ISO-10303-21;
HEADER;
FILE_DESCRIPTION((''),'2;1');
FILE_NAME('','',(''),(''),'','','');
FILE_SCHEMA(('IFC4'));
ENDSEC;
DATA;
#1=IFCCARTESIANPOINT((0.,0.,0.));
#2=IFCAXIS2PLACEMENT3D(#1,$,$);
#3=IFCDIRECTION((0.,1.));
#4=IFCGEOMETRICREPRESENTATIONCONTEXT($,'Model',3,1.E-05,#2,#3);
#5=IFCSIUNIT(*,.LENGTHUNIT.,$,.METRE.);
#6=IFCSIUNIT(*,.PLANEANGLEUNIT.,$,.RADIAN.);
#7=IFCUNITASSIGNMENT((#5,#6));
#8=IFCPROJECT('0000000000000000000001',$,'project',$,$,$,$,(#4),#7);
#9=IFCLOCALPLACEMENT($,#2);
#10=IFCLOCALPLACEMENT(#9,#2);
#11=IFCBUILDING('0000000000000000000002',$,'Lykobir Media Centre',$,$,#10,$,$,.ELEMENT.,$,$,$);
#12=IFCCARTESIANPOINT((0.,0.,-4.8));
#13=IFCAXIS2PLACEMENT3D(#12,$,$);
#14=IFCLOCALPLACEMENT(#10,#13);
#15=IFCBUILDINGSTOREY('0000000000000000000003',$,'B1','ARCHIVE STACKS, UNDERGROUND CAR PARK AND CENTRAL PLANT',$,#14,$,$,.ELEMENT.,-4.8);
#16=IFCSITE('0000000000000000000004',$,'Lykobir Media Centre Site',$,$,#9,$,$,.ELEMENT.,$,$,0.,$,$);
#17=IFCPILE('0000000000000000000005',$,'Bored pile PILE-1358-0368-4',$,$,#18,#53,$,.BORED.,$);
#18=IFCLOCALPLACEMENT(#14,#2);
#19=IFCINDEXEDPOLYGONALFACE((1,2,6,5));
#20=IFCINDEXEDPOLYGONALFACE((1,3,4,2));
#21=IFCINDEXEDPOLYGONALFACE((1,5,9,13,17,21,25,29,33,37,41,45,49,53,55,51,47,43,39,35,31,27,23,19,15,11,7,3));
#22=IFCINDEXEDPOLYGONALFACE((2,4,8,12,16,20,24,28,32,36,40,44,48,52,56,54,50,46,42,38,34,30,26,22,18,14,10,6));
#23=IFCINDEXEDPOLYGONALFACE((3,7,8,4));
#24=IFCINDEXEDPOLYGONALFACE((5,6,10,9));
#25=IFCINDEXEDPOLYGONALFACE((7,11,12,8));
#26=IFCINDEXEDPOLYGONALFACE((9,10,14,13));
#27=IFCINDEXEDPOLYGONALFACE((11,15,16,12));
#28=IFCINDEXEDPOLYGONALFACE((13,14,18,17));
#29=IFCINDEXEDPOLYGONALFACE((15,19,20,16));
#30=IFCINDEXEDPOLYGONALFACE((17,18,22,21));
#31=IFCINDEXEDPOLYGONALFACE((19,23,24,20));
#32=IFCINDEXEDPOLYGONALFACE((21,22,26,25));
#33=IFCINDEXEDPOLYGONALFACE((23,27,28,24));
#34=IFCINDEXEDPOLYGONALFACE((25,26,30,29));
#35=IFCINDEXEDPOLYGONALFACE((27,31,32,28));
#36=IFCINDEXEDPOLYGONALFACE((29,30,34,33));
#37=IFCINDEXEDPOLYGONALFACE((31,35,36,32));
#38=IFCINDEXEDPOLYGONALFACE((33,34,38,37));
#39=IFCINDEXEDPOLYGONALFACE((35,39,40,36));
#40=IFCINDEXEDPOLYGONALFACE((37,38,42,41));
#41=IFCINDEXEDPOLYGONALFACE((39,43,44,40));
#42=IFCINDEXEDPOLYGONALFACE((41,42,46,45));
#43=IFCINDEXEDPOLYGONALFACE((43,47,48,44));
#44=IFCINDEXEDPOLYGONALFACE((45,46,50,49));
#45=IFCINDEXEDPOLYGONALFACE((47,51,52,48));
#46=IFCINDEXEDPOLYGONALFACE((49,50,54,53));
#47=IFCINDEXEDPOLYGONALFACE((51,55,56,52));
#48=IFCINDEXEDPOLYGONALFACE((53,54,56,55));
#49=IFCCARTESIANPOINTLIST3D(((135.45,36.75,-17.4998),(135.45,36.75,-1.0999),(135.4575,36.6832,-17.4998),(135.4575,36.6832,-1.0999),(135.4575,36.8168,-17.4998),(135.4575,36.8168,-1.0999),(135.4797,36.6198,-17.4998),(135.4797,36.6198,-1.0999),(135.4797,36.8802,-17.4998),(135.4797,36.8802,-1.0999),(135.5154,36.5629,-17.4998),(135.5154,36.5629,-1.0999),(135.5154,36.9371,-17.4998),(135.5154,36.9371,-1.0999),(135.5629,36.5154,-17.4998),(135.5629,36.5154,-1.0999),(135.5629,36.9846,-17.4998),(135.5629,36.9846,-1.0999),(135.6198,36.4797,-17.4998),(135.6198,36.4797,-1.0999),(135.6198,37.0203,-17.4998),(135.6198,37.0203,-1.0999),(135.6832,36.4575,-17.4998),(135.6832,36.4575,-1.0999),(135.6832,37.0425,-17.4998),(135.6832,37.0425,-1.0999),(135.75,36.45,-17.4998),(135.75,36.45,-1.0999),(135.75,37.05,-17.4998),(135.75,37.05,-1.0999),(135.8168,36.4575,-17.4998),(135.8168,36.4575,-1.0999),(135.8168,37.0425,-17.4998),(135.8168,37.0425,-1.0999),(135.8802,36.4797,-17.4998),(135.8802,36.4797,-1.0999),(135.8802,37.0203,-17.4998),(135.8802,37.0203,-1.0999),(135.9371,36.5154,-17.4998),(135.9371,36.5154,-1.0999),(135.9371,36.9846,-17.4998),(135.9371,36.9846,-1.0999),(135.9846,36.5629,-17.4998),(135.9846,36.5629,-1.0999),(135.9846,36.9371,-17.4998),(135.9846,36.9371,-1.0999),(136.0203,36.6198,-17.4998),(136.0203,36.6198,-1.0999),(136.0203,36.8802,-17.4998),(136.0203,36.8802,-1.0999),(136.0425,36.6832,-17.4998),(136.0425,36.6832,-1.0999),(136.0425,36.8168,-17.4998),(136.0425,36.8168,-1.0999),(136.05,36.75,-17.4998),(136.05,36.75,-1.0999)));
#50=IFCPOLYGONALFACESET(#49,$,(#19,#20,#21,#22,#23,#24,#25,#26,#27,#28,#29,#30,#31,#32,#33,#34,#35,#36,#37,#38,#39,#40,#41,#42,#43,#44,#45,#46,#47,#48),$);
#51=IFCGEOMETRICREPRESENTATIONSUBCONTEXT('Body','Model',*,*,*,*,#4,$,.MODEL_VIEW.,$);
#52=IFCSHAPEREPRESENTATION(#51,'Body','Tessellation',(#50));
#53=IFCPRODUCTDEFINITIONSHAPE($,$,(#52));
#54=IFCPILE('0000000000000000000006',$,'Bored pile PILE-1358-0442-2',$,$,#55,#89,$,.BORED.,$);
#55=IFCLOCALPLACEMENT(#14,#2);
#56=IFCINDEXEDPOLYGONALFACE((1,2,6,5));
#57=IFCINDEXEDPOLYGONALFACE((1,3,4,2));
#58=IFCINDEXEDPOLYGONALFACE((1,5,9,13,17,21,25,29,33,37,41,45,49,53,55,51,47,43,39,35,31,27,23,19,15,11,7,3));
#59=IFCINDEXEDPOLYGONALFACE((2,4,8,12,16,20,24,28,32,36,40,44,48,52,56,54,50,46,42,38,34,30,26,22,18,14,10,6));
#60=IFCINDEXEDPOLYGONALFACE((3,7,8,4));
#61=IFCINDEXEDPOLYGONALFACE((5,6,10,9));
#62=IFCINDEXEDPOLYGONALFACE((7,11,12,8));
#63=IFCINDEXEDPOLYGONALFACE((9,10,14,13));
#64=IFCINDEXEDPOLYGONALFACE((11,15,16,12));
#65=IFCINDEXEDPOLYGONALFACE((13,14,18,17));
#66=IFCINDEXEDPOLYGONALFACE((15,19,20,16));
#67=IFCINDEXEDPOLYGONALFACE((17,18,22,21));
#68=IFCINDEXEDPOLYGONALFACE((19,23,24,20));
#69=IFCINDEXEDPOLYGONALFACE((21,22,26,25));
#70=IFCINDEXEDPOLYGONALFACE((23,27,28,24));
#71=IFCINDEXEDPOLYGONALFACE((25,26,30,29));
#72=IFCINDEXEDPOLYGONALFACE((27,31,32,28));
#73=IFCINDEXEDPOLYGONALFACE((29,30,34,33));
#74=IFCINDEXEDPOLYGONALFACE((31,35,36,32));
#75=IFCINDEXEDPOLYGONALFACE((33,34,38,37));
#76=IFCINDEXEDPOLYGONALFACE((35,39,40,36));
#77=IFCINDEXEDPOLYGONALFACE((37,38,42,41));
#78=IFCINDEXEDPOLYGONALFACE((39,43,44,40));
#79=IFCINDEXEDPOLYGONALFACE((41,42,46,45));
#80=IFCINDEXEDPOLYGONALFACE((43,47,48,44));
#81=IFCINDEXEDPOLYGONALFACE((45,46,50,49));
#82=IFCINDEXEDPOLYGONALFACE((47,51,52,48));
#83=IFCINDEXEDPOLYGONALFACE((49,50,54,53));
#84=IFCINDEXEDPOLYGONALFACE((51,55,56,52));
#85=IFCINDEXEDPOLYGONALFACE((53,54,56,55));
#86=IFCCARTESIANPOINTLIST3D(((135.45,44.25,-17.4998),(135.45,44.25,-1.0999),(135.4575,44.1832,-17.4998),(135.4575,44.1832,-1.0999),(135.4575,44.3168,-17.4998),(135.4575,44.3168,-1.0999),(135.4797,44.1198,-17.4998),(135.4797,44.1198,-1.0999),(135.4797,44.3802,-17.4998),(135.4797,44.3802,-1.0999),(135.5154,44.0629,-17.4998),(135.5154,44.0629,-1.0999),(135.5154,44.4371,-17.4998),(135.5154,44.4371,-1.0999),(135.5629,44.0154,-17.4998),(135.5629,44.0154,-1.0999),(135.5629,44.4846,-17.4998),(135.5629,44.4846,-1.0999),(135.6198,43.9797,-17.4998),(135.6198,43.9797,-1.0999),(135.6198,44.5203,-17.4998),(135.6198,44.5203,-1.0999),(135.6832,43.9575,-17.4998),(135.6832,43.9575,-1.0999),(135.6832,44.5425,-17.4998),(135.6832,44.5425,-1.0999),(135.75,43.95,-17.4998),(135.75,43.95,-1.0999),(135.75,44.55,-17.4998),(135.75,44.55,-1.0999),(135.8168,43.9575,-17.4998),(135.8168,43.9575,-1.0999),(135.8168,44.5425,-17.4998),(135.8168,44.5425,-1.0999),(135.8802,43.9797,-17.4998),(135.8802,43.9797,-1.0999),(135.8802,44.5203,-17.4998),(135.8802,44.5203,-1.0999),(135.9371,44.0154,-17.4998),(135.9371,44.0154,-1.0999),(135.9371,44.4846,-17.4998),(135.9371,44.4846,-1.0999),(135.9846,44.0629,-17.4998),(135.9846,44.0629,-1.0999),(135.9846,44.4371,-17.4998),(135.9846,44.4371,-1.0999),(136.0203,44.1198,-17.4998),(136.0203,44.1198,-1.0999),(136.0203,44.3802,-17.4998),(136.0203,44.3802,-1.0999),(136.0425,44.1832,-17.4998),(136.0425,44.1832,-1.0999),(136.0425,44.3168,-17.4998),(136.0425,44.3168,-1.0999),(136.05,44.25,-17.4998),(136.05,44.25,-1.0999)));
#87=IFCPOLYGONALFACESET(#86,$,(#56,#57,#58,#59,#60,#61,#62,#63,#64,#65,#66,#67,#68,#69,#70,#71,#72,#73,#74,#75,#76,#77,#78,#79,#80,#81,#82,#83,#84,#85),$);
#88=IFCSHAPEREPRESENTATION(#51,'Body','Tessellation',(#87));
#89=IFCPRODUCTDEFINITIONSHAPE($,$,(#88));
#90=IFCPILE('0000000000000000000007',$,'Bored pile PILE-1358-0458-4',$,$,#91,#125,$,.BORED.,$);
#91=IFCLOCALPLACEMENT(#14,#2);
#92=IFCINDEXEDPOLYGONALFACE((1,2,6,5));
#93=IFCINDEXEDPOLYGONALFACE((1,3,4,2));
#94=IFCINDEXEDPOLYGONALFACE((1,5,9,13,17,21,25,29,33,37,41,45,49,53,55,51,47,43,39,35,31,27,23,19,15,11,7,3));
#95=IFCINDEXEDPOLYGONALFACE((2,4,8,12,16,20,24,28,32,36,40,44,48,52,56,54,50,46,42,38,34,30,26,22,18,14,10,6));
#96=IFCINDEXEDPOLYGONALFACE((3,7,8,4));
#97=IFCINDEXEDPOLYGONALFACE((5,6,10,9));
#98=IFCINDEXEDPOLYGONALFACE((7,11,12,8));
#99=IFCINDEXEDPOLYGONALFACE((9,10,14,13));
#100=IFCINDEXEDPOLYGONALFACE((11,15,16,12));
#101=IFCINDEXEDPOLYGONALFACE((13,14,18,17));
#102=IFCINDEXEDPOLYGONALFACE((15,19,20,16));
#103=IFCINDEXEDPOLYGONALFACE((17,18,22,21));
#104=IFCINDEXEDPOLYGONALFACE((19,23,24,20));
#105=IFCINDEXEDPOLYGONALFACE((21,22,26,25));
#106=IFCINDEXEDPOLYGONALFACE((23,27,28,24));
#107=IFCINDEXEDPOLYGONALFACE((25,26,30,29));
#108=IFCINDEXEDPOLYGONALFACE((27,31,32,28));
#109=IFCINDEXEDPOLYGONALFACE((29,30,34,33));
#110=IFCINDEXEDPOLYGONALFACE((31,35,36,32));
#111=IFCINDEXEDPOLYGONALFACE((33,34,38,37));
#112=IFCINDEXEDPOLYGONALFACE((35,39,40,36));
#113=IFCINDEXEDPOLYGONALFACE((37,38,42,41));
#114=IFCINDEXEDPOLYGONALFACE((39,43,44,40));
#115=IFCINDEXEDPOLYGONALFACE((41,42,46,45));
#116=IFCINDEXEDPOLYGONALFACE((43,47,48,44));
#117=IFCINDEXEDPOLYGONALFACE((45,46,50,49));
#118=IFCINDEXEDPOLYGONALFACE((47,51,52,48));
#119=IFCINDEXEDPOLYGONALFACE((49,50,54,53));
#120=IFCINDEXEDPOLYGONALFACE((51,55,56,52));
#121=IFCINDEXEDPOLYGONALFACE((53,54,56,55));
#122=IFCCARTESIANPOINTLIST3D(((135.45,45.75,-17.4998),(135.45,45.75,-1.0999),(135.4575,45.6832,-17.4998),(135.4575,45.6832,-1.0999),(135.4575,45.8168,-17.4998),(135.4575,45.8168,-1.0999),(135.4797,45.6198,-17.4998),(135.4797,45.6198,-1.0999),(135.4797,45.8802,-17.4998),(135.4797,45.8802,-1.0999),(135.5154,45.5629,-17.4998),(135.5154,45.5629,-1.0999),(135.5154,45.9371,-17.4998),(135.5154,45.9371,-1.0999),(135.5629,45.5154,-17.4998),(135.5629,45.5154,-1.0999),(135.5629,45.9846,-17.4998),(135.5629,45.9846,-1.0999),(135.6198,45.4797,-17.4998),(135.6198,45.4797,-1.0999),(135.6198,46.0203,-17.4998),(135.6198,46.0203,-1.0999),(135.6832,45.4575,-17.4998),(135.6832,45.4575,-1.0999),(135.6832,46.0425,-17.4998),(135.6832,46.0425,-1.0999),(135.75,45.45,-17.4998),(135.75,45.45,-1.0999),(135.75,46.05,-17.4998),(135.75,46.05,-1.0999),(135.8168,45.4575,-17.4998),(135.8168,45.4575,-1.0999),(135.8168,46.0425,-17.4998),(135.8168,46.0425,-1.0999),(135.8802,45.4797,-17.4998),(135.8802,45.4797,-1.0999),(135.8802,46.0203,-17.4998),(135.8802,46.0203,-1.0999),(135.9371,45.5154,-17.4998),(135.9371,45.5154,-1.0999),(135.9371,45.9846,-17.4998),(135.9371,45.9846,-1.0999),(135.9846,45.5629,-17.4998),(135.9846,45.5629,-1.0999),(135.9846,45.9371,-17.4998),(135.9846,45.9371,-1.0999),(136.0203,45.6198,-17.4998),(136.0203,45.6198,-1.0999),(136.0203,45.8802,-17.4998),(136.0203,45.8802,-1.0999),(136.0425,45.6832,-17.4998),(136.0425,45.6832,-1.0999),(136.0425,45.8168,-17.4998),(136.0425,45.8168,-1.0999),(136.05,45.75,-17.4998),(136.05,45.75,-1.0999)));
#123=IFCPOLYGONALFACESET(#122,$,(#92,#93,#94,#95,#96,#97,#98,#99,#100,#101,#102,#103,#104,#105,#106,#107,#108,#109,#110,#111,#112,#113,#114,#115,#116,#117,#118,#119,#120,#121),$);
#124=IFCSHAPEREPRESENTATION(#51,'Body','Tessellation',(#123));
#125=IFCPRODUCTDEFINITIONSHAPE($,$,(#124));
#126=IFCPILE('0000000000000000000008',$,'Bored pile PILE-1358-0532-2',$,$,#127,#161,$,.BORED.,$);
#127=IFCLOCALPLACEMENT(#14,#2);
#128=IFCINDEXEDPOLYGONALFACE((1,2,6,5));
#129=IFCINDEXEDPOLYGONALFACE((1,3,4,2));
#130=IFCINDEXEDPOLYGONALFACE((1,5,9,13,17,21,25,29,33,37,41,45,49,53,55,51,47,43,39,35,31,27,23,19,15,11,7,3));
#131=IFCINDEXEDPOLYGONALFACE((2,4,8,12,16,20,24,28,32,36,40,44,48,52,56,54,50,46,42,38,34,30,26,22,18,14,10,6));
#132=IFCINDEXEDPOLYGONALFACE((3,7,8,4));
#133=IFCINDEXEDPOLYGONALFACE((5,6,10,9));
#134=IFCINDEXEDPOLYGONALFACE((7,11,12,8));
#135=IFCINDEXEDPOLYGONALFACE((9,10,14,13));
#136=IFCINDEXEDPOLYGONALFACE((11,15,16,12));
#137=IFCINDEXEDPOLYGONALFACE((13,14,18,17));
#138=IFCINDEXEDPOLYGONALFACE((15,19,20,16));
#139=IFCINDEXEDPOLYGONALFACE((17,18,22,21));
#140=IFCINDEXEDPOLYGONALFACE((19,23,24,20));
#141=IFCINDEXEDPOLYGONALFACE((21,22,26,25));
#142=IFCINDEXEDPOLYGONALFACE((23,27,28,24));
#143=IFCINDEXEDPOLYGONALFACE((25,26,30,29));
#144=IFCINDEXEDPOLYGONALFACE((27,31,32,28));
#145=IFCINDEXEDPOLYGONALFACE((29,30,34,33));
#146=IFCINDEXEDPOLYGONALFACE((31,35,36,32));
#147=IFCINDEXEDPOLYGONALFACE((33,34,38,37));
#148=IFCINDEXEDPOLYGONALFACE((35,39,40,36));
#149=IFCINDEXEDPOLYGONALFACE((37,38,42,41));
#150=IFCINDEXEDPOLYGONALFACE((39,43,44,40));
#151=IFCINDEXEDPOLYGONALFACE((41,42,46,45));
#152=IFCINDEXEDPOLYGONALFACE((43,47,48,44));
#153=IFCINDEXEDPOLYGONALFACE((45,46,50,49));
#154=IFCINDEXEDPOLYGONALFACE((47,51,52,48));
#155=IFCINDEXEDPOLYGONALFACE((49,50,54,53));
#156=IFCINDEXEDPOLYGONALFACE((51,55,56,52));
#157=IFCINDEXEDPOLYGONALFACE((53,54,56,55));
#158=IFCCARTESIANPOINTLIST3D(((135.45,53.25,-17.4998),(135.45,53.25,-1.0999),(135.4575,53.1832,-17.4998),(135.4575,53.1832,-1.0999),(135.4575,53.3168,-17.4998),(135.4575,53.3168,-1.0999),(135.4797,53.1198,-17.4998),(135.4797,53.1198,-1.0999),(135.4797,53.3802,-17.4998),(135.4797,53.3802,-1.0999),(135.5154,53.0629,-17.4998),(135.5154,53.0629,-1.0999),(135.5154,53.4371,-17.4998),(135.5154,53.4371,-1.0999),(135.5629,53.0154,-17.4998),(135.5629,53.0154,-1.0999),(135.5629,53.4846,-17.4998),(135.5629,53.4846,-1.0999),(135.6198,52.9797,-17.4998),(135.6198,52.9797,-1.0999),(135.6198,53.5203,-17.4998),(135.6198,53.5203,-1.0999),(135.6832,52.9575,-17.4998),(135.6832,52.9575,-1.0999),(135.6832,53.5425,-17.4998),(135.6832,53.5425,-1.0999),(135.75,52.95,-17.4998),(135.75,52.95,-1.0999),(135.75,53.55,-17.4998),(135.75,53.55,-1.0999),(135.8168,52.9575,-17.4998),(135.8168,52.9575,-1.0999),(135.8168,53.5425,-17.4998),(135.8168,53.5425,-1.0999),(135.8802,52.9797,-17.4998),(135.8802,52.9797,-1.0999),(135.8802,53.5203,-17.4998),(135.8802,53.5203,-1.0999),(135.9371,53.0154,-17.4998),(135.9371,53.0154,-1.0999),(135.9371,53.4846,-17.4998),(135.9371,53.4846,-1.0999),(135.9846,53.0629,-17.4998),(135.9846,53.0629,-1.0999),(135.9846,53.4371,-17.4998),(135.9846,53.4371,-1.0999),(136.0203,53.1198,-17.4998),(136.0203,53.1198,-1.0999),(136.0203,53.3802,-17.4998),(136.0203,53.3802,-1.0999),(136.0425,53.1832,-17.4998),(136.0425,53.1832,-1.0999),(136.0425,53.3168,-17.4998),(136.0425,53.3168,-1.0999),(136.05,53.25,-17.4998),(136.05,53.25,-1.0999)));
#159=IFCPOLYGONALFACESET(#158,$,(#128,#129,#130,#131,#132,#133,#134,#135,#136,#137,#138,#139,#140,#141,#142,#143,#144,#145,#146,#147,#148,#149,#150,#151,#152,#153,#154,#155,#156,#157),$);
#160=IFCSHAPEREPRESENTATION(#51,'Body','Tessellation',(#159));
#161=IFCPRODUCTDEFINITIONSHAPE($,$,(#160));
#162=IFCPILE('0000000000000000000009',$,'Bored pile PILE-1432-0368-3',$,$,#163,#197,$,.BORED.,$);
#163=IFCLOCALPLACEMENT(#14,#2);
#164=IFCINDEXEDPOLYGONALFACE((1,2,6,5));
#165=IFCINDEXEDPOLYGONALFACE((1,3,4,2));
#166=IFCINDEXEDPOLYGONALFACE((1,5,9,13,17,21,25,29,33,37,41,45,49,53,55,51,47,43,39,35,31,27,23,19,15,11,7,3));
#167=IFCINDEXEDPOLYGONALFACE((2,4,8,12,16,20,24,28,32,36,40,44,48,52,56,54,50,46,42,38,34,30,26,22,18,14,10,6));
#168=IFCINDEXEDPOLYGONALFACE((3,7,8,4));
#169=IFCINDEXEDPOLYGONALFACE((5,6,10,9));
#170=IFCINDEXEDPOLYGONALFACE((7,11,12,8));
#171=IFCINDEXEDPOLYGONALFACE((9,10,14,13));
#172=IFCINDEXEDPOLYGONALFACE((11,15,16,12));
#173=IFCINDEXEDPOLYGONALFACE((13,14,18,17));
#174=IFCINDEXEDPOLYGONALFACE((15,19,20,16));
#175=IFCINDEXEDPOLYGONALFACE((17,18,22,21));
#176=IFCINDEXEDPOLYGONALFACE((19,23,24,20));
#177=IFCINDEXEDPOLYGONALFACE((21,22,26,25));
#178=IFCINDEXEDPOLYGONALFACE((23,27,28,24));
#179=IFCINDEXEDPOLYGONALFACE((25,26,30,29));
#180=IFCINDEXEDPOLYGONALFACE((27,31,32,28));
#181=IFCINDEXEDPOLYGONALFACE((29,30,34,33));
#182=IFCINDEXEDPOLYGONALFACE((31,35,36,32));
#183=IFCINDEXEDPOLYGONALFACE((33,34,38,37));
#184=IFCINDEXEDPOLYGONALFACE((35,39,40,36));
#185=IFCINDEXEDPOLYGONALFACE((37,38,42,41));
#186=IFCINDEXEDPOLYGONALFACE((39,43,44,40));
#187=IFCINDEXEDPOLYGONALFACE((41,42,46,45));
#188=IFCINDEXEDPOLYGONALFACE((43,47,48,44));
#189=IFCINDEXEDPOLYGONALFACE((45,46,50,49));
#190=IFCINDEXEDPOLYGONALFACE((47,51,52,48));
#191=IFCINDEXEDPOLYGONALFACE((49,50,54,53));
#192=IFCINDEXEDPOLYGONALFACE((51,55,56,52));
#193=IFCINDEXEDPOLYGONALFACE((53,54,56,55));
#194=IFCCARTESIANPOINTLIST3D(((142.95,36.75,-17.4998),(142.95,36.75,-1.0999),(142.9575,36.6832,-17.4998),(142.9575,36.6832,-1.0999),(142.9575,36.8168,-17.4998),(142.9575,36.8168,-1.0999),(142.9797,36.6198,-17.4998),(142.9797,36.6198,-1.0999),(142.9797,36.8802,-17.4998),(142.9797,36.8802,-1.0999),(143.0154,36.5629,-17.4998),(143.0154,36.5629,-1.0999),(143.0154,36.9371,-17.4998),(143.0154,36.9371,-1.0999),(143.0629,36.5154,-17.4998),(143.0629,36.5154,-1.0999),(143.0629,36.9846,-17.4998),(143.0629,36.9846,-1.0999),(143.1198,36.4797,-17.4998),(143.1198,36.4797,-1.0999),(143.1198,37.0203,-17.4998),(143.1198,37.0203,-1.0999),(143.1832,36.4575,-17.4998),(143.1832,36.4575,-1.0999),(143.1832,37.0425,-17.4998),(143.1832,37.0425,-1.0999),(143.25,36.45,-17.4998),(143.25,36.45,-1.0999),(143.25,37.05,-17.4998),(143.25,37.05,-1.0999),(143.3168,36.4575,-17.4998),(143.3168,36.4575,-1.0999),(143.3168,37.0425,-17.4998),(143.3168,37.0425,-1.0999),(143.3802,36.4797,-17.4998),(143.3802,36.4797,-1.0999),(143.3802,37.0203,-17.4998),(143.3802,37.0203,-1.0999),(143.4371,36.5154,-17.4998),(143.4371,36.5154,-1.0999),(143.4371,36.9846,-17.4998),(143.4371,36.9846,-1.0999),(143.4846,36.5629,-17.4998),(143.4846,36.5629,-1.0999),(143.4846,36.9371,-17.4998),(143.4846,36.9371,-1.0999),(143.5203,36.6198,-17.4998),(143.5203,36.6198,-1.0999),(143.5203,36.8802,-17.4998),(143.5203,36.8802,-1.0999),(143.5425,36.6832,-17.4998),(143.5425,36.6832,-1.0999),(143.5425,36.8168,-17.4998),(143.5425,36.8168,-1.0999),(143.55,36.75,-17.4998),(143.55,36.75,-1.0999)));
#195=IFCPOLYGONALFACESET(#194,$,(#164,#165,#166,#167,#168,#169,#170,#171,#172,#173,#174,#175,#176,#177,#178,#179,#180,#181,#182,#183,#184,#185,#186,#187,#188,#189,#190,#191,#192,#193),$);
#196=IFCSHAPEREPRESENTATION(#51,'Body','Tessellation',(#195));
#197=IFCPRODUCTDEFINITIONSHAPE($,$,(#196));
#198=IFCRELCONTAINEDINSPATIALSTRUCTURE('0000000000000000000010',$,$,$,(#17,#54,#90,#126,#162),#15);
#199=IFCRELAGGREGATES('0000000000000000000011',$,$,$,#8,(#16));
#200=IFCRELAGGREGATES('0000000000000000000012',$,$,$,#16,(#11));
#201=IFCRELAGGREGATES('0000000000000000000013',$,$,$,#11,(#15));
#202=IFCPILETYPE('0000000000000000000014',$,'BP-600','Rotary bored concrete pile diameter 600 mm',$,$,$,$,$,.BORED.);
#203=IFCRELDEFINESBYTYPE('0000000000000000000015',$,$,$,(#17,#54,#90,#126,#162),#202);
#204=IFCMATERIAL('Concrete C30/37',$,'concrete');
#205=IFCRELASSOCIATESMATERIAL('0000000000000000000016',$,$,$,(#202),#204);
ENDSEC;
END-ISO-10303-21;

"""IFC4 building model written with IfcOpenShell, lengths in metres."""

from ifc_helpers import new_model, si_unit, direction, frame, origin, origin_2d, place, context, subcontext, project, spatial, circle, extrude, material, material_profile, profile_set, type_object, element, save


model = new_model("IFC4")

# Units and contexts
model_context = context("Model", 3, precision=1e-05, world=origin(), true_north=direction((0.0, 1.0)))
body_context = subcontext(model_context, "Body", "Model", "MODEL_VIEW")
ifc_project = project(units=[si_unit("LENGTHUNIT", "METRE"), si_unit("PLANEANGLEUNIT", "RADIAN")], contexts=[model_context])

# Site, building, storey
site_placement = place(None, origin())
site = spatial("IfcSite", under=ifc_project, at=site_placement, Name="Lykobir Media Centre Site", CompositionType="ELEMENT", RefElevation=0.0)
building_placement = place(site_placement, origin())
building = spatial("IfcBuilding", under=site, at=building_placement, Name="Lykobir Media Centre", CompositionType="ELEMENT")
storey_placement = place(building_placement, frame((0.0, 0.0, -4.8)))
storey = spatial("IfcBuildingStorey", under=building, at=storey_placement, Name="B1", Description="ARCHIVE STACKS, UNDERGROUND CAR PARK AND CENTRAL PLANT", CompositionType="ELEMENT", Elevation=-4.8)

# Piles
ifc_material_1 = material(Name="Concrete C30/37", Category="concrete")
ifc_material_profile_1 = material_profile(ifc_material_1, circle(Radius=0.3, at=origin_2d()), Name="BORED PILE D600")
ifc_profile_set_1 = profile_set([ifc_material_profile_1], Name="Concrete C30/37")
pile_type = type_object("IfcPileType", Name="BP-600", Description="Rotary bored concrete pile diameter 600 mm", PredefinedType="BORED", material=ifc_profile_set_1)
for number, where, z_axis, x_axis, name in (
    (1, (135.75, 36.75, -1.0999), (0.0, 0.0, -1.0), (1.0, 0.0, 0.0), "Bored pile PILE-1358-0368-4"),
    (2, (135.75, 44.25, -1.0999), (0.0, 0.0, -1.0), (1.0, 0.0, 0.0), "Bored pile PILE-1358-0442-2"),
    (3, (135.75, 45.75, -1.0999), (0.0, 0.0, -1.0), (1.0, 0.0, 0.0), "Bored pile PILE-1358-0458-4"),
    (4, (135.75, 53.25, -1.0999), (0.0, 0.0, -1.0), (1.0, 0.0, 0.0), "Bored pile PILE-1358-0532-2"),
    (5, (143.25, 36.75, -1.0999), (0.0, 0.0, -1.0), (1.0, 0.0, 0.0), "Bored pile PILE-1432-0368-3"),
):
    element("IfcPile", number, at=place(storey_placement, frame(where, z_axis=z_axis, x_axis=x_axis)), inside=storey, type_object=pile_type, Name=name, PredefinedType="BORED", context=body_context, shape_type="SweptSolid", body=[
        extrude(circle(Radius=0.3, at=origin_2d()), origin(), (0.0, 0.0, 1.0), 16.3999),
    ])

save(model, "model.ifc")
